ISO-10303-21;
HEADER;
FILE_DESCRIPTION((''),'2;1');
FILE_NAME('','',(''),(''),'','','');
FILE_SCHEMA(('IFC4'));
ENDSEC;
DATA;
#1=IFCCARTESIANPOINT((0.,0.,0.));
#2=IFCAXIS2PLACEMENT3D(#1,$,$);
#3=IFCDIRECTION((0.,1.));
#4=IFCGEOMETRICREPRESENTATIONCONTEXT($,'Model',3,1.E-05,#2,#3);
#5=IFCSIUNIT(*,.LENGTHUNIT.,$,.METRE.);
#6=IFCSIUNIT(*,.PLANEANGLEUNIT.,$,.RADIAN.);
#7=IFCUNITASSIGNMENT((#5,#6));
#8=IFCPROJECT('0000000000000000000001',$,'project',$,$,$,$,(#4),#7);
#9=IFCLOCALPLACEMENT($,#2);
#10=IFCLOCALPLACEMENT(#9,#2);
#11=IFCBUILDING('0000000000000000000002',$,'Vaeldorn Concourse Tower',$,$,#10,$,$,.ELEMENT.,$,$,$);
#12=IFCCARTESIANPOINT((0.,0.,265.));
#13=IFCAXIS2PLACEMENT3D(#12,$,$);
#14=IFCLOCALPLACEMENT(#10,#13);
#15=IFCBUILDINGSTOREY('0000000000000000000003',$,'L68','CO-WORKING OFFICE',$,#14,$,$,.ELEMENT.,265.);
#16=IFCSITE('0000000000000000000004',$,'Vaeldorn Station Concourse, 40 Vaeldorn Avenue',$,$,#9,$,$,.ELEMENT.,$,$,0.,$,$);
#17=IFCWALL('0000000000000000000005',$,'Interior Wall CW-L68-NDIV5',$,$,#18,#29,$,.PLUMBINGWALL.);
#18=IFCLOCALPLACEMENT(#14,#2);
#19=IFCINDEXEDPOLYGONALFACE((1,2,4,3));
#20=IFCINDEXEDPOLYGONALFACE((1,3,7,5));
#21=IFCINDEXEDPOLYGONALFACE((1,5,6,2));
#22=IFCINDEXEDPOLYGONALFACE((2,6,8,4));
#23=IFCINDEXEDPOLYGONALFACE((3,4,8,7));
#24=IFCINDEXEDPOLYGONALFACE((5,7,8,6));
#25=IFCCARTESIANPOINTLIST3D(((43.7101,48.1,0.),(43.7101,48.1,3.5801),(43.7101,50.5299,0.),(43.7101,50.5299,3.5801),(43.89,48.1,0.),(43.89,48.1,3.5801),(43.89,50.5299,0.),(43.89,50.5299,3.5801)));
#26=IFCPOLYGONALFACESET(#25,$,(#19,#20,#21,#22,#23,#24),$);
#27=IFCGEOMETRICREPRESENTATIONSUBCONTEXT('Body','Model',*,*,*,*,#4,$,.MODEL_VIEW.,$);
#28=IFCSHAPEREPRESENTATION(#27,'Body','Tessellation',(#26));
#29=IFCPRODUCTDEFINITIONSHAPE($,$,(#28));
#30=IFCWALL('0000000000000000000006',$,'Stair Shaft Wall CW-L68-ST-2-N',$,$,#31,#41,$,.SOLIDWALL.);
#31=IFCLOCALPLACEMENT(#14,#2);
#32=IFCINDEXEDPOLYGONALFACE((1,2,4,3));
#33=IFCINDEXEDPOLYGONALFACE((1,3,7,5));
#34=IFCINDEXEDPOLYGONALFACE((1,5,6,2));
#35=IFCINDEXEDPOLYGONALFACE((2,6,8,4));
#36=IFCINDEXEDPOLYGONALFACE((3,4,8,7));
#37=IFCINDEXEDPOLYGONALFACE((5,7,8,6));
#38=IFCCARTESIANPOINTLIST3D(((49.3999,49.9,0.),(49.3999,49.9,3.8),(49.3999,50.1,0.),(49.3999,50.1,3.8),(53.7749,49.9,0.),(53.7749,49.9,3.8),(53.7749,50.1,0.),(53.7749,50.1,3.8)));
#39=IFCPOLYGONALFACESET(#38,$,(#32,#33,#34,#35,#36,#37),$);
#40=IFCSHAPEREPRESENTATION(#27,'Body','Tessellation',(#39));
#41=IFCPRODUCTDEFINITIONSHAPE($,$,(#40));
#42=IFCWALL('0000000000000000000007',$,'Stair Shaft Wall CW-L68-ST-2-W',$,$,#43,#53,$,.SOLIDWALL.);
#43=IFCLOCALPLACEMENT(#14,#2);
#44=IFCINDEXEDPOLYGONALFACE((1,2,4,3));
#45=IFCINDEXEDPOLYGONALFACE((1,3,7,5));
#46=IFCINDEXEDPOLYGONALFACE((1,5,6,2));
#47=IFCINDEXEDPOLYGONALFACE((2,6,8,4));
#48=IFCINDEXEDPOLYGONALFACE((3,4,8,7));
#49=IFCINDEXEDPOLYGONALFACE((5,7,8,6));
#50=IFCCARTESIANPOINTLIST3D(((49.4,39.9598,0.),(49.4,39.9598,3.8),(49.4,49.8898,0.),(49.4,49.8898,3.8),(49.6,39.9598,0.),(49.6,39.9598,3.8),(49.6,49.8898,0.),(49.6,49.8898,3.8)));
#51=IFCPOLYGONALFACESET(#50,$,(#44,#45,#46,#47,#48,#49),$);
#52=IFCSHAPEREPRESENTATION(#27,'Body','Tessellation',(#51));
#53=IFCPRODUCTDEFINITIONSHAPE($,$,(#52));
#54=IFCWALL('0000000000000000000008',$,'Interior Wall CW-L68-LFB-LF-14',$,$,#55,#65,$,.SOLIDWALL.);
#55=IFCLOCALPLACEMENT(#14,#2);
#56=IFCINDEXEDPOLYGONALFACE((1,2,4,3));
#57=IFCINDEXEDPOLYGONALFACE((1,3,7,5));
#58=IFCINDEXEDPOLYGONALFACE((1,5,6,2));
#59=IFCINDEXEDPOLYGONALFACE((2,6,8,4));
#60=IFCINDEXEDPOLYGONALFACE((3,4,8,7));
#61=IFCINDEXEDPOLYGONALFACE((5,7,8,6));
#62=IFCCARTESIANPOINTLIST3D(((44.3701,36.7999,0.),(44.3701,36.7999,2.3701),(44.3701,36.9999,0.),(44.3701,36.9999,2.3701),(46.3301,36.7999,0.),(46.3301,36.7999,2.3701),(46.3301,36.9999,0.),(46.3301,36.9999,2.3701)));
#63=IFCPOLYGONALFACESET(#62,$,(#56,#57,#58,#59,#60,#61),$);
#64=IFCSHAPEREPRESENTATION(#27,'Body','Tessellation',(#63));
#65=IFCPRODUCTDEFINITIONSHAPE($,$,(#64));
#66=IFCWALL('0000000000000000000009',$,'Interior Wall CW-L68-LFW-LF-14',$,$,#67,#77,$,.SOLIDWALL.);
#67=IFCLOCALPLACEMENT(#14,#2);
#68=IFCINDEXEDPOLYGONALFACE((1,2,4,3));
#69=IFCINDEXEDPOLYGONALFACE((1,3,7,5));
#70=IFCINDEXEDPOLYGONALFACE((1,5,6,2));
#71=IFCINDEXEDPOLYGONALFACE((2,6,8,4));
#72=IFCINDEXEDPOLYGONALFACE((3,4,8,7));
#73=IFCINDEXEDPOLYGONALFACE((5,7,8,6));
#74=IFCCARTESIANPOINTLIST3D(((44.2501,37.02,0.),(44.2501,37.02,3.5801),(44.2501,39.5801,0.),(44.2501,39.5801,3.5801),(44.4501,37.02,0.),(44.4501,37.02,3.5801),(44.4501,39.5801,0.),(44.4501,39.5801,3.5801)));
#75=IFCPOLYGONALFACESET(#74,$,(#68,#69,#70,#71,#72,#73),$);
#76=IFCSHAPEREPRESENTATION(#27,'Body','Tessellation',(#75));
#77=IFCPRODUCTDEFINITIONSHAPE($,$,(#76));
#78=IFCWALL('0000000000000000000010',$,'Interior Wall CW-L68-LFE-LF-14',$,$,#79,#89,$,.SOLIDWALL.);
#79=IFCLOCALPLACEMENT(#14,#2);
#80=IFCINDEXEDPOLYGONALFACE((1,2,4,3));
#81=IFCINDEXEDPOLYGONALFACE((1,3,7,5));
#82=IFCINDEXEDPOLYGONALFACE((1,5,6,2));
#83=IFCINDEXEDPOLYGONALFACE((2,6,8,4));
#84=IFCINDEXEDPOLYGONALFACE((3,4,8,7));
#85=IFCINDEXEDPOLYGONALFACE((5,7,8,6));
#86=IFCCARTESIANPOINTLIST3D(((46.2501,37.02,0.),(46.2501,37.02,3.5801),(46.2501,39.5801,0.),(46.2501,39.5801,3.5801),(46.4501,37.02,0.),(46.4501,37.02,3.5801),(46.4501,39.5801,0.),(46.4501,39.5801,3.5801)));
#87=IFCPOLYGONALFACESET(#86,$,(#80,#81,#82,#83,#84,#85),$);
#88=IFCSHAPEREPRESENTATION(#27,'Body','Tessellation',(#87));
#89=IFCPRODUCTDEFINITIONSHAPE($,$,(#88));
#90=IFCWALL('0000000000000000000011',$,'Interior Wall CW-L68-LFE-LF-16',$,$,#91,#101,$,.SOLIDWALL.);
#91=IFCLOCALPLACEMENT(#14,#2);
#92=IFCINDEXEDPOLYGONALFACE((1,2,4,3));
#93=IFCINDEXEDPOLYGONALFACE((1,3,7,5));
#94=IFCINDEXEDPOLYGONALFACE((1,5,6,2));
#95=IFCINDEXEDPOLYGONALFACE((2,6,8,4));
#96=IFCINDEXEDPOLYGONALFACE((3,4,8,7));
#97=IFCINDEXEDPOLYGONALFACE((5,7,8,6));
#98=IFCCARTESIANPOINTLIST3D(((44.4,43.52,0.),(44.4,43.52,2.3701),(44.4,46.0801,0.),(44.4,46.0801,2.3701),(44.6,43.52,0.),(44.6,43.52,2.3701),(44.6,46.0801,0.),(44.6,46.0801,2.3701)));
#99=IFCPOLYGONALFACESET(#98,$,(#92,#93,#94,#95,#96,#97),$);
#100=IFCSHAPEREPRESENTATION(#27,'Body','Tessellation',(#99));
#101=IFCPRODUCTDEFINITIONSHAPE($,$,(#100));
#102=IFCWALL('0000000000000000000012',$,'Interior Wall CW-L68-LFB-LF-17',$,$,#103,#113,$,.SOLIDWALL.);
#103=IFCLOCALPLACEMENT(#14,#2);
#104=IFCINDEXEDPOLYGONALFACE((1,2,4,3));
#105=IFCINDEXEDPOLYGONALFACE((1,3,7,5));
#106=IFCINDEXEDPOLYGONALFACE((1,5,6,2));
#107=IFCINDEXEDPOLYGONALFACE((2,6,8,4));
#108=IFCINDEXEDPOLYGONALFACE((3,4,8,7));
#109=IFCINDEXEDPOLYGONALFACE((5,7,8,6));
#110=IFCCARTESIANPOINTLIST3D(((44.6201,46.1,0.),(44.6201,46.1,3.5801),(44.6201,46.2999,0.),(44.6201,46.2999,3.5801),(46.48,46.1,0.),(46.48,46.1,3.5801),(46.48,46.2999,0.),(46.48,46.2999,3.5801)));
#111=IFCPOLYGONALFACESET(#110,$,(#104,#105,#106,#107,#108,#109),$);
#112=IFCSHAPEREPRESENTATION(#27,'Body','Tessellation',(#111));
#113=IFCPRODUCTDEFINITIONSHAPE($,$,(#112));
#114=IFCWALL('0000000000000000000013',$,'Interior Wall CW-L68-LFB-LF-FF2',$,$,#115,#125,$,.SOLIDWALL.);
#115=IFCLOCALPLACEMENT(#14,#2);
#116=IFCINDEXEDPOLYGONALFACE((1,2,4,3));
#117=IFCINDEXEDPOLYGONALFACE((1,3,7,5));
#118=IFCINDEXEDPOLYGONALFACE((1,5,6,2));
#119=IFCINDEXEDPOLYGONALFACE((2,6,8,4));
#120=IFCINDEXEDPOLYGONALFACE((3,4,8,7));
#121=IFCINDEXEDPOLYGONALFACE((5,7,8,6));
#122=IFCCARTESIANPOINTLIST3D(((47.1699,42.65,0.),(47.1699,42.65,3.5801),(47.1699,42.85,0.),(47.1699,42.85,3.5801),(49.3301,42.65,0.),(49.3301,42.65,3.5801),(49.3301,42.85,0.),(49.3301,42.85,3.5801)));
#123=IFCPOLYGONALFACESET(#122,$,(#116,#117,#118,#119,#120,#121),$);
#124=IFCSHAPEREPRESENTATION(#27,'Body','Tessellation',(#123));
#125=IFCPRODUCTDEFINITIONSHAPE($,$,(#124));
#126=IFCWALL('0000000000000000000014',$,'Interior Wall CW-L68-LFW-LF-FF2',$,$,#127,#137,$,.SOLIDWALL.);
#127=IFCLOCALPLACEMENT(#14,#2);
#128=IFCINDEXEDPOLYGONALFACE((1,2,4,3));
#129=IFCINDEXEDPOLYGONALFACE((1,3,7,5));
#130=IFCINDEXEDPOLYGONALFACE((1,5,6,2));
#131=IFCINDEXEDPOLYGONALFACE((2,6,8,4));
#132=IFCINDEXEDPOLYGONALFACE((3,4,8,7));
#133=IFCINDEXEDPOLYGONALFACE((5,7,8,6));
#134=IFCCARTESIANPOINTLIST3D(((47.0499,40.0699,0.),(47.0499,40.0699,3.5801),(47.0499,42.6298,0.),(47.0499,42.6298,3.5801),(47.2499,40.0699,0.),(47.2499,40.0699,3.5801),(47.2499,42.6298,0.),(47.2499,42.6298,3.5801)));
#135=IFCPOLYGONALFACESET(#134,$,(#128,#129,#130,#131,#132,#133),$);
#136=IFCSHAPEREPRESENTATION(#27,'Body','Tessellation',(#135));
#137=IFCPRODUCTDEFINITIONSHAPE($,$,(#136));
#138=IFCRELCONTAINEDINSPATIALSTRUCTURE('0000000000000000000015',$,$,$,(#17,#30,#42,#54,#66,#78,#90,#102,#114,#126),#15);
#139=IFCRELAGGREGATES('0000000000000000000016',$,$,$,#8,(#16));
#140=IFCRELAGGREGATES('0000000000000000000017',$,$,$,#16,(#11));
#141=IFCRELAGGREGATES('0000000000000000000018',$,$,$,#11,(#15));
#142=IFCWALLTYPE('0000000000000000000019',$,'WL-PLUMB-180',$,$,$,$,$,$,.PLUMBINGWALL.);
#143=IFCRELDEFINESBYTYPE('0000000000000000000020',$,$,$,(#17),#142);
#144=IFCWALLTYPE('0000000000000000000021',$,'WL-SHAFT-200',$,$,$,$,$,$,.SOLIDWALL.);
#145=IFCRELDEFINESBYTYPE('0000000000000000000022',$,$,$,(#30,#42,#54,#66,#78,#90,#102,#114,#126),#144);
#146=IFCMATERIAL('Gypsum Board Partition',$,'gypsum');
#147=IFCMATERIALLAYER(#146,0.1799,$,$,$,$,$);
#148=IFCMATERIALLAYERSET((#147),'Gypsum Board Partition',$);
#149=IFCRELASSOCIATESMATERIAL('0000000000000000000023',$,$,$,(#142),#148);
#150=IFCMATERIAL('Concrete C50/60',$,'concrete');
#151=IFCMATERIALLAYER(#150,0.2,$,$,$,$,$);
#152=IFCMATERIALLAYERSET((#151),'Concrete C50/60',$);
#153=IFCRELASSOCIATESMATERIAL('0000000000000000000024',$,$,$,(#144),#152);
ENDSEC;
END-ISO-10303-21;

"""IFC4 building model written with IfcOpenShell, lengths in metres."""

from ifc_helpers import new_model, si_unit, direction, frame, frame_2d, origin, place, context, subcontext, project, spatial, rectangle, extrude, material, layer, layer_set, type_object, element, save


model = new_model("IFC4")

# Units and contexts
model_context = context("Model", 3, precision=1e-05, world=origin(), true_north=direction((0.0, 1.0)))
body_context = subcontext(model_context, "Body", "Model", "MODEL_VIEW")
ifc_project = project(units=[si_unit("LENGTHUNIT", "METRE"), si_unit("PLANEANGLEUNIT", "RADIAN")], contexts=[model_context])

# Site, building, storey
site_placement = place(None, origin())
site = spatial("IfcSite", under=ifc_project, at=site_placement, Name="Vaeldorn Station Concourse, 40 Vaeldorn Avenue", CompositionType="ELEMENT", RefElevation=0.0)
building_placement = place(site_placement, origin())
building = spatial("IfcBuilding", under=site, at=building_placement, Name="Vaeldorn Concourse Tower", CompositionType="ELEMENT")
storey_placement = place(building_placement, frame((0.0, 0.0, 265.0)))
storey = spatial("IfcBuildingStorey", under=building, at=storey_placement, Name="L68", Description="CO-WORKING OFFICE", CompositionType="ELEMENT", Elevation=265.0)

# Shared definitions
ifc_material_1 = material(Name="Concrete C50/60", Category="concrete")

# Shared definitions
ifc_material_2 = material(Name="Gypsum Board Partition", Category="gypsum")

# Wall
ifc_layer_1 = layer(ifc_material_2, 0.1799)
ifc_layer_set_1 = layer_set([ifc_layer_1], Name="Gypsum Board Partition")
wall_type_1 = type_object("IfcWallType", Name="WL-PLUMB-180", PredefinedType="PLUMBINGWALL", material=ifc_layer_set_1)
wall_1_placement = place(storey_placement, frame((43.8, 48.1001, 0.0), z_axis=(0.0, 0.0, 1.0), x_axis=(0.0, 1.0, 0.0)))
element("IfcWall", 1, at=wall_1_placement, inside=storey, type_object=wall_type_1, Name="Interior Wall CW-L68-NDIV5", PredefinedType="PLUMBINGWALL", context=body_context, shape_type="SweptSolid", body=[
    extrude(rectangle(XDim=2.4299, YDim=0.1799, at=frame_2d((1.2148, 0.0))), origin(), (0.0, 0.0, 1.0), 3.5801),
])

# Shared definitions
ifc_layer_2 = layer(ifc_material_1, 0.2)
ifc_layer_set_2 = layer_set([ifc_layer_2], Name="Concrete C50/60")
wall_type_2 = type_object("IfcWallType", Name="WL-SHAFT-200", PredefinedType="SOLIDWALL", material=ifc_layer_set_2)

# Walls
wall_2_placement = place(storey_placement, frame((49.3999, 50.0, 0.0), z_axis=(0.0, 0.0, 1.0), x_axis=(1.0, 0.0, 0.0)))
element("IfcWall", 2, at=wall_2_placement, inside=storey, type_object=wall_type_2, Name="Stair Shaft Wall CW-L68-ST-2-N", PredefinedType="SOLIDWALL", context=body_context, shape_type="SweptSolid", body=[
    extrude(rectangle(XDim=4.375, YDim=0.2, at=frame_2d((2.1875, 0.0))), origin(), (0.0, 0.0, 1.0), 3.8),
])
wall_3_placement = place(storey_placement, frame((49.5, 39.96, 0.0), z_axis=(0.0, 0.0, 1.0), x_axis=(0.0, 1.0, 0.0)))
element("IfcWall", 3, at=wall_3_placement, inside=storey, type_object=wall_type_2, Name="Stair Shaft Wall CW-L68-ST-2-W", PredefinedType="SOLIDWALL", context=body_context, shape_type="SweptSolid", body=[
    extrude(rectangle(XDim=9.9299, YDim=0.2, at=frame_2d((4.9648, 0.0))), origin(), (0.0, 0.0, 1.0), 3.8),
])

# Walls
wall_4_placement = place(storey_placement, frame((44.3701, 36.8999, 0.0), z_axis=(0.0, 0.0, 1.0), x_axis=(1.0, 0.0, 0.0)))
element("IfcWall", 4, at=wall_4_placement, inside=storey, type_object=wall_type_2, Name="Interior Wall CW-L68-LFB-LF-14", PredefinedType="SOLIDWALL", context=body_context, shape_type="SweptSolid", body=[
    extrude(rectangle(XDim=1.96, YDim=0.2, at=frame_2d((0.98, 0.0))), origin(), (0.0, 0.0, 1.0), 2.3701),
])
for number, where, z_axis, x_axis, name in (
    (5, (44.3501, 37.02, 0.0), (0.0, 0.0, 1.0), (0.0, 1.0, 0.0), "Interior Wall CW-L68-LFW-LF-14"),
    (6, (46.3501, 37.02, 0.0), (0.0, 0.0, 1.0), (0.0, 1.0, 0.0), "Interior Wall CW-L68-LFE-LF-14"),
):
    element("IfcWall", number, at=place(storey_placement, frame(where, z_axis=z_axis, x_axis=x_axis)), inside=storey, type_object=wall_type_2, Name=name, PredefinedType="SOLIDWALL", context=body_context, shape_type="SweptSolid", body=[
        extrude(rectangle(XDim=2.5601, YDim=0.2, at=frame_2d((1.28, 0.0))), origin(), (0.0, 0.0, 1.0), 3.5801),
    ])
wall_5_placement = place(storey_placement, frame((44.5, 43.52, 0.0), z_axis=(0.0, 0.0, 1.0), x_axis=(0.0, 1.0, 0.0)))
element("IfcWall", 7, at=wall_5_placement, inside=storey, type_object=wall_type_2, Name="Interior Wall CW-L68-LFE-LF-16", PredefinedType="SOLIDWALL", context=body_context, shape_type="SweptSolid", body=[
    extrude(rectangle(XDim=2.5601, YDim=0.2, at=frame_2d((1.28, 0.0))), origin(), (0.0, 0.0, 1.0), 2.3701),
])

# Wall
wall_6_placement = place(storey_placement, frame((44.6201, 46.2, 0.0), z_axis=(0.0, 0.0, 1.0), x_axis=(1.0, 0.0, 0.0)))
element("IfcWall", 8, at=wall_6_placement, inside=storey, type_object=wall_type_2, Name="Interior Wall CW-L68-LFB-LF-17", PredefinedType="SOLIDWALL", context=body_context, shape_type="SweptSolid", body=[
    extrude(rectangle(XDim=1.8599, YDim=0.2, at=frame_2d((0.9299, 0.0))), origin(), (0.0, 0.0, 1.0), 3.5801),
])

# Walls
wall_7_placement = place(storey_placement, frame((47.1699, 42.75, 0.0), z_axis=(0.0, 0.0, 1.0), x_axis=(1.0, 0.0, 0.0)))
element("IfcWall", 9, at=wall_7_placement, inside=storey, type_object=wall_type_2, Name="Interior Wall CW-L68-LFB-LF-FF2", PredefinedType="SOLIDWALL", context=body_context, shape_type="SweptSolid", body=[
    extrude(rectangle(XDim=2.1602, YDim=0.2, at=frame_2d((1.0801, 0.0))), origin(), (0.0, 0.0, 1.0), 3.5801),
])
wall_8_placement = place(storey_placement, frame((47.1499, 40.0701, 0.0), z_axis=(0.0, 0.0, 1.0), x_axis=(0.0, 1.0, 0.0)))
element("IfcWall", 10, at=wall_8_placement, inside=storey, type_object=wall_type_2, Name="Interior Wall CW-L68-LFW-LF-FF2", PredefinedType="SOLIDWALL", context=body_context, shape_type="SweptSolid", body=[
    extrude(rectangle(XDim=2.5598, YDim=0.2, at=frame_2d((1.2798, 0.0))), origin(), (0.0, 0.0, 1.0), 3.5801),
])

save(model, "model.ifc")
